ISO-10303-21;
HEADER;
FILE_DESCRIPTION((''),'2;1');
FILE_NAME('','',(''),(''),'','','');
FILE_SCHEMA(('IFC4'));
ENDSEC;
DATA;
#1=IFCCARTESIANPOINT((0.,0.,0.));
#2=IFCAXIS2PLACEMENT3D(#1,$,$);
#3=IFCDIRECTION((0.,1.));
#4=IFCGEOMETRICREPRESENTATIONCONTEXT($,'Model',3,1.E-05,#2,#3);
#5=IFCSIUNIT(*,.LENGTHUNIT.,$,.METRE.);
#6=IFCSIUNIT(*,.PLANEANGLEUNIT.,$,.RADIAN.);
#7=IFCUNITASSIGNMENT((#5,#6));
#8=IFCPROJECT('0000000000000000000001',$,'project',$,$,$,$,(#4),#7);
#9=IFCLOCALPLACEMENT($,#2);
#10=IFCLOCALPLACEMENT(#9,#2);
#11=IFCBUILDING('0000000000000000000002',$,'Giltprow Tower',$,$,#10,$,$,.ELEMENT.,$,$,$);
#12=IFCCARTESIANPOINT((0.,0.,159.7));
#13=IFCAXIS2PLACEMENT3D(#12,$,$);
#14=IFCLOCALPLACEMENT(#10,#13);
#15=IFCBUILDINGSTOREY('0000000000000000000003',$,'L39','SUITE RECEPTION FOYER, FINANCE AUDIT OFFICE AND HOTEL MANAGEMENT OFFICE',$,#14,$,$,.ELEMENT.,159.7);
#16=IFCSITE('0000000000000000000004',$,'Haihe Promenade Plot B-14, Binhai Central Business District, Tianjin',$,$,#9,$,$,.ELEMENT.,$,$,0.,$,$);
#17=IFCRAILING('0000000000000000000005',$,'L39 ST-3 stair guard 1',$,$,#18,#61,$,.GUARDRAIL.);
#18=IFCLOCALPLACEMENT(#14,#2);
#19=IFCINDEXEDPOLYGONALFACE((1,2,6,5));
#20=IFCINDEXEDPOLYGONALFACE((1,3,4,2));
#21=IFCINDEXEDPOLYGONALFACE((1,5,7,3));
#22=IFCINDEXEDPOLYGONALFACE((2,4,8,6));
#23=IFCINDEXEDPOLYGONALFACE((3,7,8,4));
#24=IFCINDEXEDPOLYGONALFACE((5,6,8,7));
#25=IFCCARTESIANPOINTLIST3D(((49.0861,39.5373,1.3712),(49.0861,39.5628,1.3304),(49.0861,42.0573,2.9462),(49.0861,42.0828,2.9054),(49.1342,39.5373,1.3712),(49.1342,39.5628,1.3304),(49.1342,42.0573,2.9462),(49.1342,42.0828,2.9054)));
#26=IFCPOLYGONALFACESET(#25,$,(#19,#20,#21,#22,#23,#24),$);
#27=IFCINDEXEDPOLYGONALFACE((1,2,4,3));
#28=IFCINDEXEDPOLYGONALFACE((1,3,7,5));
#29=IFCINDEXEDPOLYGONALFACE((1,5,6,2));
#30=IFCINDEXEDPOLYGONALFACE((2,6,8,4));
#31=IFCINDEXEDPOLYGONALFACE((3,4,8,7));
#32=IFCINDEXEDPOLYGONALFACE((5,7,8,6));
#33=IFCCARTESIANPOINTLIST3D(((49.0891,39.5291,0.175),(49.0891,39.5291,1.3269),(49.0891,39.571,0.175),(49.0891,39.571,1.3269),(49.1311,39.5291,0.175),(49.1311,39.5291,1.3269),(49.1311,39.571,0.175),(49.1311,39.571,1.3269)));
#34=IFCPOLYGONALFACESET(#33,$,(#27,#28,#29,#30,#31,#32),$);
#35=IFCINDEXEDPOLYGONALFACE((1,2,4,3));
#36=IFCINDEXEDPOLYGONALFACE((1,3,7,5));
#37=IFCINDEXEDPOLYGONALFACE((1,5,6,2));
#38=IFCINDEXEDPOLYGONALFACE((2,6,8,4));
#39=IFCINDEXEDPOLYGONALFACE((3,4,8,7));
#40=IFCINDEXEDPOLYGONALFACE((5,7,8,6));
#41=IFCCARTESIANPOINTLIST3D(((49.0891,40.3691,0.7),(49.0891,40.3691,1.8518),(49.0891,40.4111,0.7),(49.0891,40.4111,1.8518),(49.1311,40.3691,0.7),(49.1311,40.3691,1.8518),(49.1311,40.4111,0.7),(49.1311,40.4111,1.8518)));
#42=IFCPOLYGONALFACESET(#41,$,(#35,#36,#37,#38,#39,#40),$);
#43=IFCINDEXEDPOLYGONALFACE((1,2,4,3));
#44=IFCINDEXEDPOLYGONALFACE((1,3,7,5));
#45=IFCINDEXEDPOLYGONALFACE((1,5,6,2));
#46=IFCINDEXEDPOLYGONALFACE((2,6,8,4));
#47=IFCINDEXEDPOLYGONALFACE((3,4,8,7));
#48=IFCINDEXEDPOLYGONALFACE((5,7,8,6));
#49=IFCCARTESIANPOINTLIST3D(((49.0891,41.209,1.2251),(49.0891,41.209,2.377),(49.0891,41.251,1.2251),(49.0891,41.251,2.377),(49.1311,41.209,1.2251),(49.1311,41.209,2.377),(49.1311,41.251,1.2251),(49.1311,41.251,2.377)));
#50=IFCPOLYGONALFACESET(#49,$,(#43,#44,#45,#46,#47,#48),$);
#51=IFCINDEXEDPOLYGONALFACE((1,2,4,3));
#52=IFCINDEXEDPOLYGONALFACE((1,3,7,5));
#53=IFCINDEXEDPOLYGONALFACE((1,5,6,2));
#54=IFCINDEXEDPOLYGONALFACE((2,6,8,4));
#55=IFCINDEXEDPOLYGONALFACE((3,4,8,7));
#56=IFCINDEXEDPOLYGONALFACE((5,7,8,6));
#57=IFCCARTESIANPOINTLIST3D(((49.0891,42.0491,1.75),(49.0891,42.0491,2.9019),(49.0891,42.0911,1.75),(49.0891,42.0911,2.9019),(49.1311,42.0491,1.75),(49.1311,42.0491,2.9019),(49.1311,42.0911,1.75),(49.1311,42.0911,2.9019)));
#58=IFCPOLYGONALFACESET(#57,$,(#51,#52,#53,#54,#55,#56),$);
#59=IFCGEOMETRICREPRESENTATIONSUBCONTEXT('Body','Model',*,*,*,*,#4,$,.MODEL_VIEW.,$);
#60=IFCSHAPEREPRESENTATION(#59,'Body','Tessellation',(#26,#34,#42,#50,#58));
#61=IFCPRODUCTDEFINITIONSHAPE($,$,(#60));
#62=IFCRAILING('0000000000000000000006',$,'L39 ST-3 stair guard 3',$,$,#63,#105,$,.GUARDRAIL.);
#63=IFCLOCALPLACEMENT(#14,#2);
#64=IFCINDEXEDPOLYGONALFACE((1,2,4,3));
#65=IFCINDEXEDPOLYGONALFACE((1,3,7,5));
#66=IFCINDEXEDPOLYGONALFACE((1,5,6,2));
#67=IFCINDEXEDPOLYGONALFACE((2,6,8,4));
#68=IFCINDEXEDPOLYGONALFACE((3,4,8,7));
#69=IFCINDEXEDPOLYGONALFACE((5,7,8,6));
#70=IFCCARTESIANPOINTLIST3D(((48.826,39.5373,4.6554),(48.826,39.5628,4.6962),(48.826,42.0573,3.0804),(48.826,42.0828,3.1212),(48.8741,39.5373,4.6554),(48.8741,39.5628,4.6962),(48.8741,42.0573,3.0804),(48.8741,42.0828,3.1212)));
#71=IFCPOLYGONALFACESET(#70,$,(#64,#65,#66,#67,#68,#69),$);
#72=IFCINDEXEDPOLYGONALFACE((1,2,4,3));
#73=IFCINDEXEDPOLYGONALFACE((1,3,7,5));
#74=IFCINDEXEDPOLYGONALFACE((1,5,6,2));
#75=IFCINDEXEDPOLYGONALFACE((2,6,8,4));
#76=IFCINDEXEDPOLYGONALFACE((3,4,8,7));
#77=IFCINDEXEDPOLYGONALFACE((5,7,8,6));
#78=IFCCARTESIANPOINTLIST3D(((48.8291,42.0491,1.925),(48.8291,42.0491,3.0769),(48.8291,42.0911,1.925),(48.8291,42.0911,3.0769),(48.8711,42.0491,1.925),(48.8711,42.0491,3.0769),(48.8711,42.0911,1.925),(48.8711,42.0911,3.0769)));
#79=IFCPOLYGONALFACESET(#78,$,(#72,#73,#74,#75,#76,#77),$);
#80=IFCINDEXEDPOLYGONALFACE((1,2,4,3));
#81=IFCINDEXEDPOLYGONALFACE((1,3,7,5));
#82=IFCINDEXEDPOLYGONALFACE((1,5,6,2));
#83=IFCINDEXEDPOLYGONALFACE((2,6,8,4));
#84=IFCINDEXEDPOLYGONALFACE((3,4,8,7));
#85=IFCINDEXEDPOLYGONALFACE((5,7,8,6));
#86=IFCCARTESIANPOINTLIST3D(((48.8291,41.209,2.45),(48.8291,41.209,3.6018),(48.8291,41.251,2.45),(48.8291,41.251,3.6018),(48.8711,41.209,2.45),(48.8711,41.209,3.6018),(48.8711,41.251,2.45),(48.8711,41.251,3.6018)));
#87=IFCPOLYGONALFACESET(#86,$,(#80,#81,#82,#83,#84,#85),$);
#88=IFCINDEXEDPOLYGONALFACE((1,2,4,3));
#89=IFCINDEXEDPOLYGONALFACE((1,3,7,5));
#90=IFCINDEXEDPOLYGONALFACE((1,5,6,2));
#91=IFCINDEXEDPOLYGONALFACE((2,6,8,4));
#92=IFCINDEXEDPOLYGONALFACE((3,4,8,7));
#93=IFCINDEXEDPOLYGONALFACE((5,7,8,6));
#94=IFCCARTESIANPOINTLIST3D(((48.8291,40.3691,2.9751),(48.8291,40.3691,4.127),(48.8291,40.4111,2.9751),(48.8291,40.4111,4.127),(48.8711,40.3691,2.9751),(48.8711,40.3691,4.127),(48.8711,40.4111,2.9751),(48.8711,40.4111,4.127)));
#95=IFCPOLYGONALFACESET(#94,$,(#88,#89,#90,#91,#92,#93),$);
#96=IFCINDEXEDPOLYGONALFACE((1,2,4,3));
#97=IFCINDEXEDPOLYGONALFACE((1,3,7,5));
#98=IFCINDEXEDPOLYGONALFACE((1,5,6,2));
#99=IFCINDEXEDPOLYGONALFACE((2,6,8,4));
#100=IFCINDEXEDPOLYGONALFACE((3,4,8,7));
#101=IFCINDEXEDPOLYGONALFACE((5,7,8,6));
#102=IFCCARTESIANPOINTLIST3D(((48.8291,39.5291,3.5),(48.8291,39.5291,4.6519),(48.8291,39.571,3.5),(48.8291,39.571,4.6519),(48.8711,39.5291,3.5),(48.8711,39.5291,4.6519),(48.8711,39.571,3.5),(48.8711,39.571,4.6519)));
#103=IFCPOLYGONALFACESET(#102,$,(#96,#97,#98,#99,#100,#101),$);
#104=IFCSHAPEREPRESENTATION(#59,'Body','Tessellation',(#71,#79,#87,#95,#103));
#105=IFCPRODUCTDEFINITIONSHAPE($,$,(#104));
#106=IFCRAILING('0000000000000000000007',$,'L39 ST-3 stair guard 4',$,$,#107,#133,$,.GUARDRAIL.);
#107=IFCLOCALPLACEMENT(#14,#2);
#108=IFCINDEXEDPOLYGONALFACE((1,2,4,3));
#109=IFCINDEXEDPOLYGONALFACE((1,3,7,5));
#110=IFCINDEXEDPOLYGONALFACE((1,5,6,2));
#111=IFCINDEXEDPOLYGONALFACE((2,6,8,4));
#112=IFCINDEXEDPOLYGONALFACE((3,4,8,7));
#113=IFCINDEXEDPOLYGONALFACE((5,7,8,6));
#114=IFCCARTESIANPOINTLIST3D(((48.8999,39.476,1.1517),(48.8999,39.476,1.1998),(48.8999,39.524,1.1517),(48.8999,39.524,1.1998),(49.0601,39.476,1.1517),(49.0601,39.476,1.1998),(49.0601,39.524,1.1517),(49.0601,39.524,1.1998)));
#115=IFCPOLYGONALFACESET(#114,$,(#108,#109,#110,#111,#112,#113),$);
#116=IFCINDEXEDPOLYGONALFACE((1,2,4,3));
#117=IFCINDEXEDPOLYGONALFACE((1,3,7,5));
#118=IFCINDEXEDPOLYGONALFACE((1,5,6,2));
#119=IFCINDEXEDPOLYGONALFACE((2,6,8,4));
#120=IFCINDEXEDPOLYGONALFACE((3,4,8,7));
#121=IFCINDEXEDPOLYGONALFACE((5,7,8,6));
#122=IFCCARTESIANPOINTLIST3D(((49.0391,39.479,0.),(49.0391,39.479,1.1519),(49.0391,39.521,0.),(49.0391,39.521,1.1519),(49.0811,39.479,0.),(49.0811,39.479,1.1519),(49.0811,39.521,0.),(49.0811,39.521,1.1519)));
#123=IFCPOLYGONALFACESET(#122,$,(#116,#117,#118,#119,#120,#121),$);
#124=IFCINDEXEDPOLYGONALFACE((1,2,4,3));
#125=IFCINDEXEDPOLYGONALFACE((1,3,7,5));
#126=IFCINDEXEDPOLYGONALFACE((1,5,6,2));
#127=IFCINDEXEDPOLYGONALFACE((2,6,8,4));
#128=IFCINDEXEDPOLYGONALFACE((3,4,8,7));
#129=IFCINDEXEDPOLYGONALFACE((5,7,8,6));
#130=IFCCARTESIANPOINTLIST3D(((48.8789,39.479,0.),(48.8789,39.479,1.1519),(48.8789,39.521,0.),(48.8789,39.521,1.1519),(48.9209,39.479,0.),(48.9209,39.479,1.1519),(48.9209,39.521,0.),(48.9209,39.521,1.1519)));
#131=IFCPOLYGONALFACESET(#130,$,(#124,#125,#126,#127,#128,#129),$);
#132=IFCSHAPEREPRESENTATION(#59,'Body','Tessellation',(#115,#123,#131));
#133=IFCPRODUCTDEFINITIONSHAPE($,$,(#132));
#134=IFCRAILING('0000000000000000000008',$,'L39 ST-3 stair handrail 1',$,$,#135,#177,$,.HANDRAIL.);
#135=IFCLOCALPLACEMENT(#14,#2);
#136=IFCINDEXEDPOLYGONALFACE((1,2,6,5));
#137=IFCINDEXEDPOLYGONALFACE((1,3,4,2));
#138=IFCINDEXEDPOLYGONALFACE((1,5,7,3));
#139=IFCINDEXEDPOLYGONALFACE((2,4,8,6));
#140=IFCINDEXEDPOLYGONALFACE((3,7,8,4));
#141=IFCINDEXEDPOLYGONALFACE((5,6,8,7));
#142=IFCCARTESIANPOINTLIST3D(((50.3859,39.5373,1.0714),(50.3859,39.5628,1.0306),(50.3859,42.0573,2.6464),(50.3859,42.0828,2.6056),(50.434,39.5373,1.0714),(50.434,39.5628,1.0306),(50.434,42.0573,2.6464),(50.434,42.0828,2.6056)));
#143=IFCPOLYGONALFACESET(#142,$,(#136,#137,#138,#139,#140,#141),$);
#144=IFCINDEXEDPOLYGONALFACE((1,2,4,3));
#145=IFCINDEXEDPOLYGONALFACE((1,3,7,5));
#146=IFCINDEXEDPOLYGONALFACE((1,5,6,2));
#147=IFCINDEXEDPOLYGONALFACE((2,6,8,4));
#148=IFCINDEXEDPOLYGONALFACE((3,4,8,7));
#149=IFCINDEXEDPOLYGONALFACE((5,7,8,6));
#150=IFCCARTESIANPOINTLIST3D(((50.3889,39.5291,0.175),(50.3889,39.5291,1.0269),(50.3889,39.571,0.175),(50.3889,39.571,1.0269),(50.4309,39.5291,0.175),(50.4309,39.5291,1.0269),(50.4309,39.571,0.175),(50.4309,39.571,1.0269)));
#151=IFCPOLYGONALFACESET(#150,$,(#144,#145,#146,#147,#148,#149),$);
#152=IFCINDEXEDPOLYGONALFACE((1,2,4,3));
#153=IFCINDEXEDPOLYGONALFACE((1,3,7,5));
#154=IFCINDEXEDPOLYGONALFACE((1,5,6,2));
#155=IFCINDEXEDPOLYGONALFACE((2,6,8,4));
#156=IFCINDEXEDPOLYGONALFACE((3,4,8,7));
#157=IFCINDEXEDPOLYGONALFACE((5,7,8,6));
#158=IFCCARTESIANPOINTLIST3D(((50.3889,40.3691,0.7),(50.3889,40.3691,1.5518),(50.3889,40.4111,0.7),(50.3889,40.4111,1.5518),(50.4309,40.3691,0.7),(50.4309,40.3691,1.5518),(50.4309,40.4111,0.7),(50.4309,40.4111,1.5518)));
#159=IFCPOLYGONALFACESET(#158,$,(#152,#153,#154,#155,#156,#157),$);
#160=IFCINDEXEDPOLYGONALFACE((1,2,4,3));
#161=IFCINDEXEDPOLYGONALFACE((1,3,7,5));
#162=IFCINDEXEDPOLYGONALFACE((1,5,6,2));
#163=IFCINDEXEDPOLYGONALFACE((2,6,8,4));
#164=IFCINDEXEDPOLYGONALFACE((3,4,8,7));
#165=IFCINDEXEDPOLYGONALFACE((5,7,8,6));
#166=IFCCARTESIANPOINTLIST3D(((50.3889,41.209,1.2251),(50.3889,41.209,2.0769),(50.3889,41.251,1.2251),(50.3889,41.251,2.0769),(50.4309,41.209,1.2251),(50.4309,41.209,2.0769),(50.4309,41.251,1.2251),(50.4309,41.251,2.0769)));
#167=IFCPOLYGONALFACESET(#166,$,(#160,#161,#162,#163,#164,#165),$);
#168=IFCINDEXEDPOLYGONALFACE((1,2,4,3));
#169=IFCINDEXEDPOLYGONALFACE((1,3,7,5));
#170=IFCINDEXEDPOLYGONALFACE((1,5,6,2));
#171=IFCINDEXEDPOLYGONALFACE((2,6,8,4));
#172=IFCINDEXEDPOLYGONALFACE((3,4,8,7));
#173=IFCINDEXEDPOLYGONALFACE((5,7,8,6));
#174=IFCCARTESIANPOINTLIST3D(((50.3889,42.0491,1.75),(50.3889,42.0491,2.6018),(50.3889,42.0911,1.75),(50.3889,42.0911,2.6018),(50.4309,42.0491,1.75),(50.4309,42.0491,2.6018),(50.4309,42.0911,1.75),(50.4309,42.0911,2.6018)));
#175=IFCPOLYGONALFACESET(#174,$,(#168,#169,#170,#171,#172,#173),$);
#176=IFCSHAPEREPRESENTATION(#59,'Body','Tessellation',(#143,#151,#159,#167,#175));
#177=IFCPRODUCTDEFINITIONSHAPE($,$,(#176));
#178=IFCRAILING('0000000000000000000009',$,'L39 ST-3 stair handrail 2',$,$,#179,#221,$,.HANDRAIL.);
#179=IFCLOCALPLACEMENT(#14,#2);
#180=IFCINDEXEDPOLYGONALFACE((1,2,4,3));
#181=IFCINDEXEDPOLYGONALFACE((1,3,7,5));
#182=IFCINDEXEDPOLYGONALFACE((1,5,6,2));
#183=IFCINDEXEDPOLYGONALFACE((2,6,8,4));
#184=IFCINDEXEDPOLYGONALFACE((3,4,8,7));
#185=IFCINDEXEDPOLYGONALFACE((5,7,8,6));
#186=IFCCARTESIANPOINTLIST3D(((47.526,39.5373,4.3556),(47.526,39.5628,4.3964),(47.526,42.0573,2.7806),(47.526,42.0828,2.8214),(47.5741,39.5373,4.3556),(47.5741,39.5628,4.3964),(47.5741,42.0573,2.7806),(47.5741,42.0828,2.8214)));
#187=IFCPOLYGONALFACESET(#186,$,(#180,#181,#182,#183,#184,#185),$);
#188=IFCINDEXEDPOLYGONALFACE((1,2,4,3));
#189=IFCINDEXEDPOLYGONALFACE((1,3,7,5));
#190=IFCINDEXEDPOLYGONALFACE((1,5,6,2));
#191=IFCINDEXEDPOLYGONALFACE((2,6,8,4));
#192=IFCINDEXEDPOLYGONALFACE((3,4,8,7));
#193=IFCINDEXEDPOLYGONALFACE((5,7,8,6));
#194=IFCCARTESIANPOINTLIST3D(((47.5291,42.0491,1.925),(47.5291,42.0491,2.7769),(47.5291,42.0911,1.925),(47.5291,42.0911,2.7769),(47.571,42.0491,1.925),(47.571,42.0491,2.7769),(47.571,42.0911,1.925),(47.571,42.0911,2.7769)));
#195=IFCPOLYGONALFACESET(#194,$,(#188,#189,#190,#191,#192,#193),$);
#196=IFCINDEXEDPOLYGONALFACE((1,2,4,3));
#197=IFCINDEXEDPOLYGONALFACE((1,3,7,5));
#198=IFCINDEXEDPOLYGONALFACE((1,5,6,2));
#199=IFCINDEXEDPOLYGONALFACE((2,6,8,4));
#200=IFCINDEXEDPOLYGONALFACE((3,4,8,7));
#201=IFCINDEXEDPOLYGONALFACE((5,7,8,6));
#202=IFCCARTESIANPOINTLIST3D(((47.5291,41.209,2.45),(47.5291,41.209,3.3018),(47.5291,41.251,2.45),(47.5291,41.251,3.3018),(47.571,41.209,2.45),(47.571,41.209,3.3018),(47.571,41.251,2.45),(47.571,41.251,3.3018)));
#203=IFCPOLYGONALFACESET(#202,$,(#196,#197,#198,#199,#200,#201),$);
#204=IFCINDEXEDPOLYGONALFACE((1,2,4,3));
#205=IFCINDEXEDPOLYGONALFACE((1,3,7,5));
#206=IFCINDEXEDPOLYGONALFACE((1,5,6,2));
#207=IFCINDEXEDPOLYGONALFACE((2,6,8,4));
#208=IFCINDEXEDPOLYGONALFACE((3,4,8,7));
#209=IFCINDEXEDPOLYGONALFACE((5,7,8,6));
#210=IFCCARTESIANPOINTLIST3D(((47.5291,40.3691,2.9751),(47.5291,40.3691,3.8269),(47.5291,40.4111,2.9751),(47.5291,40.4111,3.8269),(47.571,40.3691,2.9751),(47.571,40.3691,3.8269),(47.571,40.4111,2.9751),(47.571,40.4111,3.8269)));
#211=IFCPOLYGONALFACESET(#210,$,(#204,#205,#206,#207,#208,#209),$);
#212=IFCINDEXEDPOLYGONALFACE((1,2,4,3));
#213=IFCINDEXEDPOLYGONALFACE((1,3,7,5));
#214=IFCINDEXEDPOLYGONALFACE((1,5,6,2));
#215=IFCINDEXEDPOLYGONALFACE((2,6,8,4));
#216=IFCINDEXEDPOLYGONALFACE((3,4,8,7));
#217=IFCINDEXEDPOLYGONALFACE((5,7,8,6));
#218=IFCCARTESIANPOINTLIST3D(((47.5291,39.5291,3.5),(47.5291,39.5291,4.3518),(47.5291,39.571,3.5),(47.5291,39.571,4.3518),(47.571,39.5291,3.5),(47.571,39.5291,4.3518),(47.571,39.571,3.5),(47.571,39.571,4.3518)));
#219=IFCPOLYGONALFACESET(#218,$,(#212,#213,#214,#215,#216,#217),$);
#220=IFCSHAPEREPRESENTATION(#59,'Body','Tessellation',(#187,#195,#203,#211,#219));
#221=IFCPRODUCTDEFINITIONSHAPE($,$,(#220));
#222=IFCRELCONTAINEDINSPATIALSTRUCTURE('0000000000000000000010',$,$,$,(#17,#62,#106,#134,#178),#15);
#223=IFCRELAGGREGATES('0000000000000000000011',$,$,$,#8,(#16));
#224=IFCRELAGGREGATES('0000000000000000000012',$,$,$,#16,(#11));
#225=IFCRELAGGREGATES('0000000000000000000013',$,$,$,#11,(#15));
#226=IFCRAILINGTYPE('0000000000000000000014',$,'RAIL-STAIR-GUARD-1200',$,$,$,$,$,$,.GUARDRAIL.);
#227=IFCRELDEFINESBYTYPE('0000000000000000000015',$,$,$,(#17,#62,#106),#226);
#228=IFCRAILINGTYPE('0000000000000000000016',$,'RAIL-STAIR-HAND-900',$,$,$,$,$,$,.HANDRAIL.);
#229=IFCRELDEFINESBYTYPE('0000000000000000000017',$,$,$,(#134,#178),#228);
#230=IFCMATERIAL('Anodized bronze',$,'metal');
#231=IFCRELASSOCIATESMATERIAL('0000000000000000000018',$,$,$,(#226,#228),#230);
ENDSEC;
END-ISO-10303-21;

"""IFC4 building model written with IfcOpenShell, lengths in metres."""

from ifc_helpers import new_model, si_unit, direction, frame, origin, origin_2d, place, context, subcontext, project, spatial, rectangle, extrude, material, type_object, element, save


model = new_model("IFC4")

# Units and contexts
model_context = context("Model", 3, precision=1e-05, world=origin(), true_north=direction((0.0, 1.0)))
body_context = subcontext(model_context, "Body", "Model", "MODEL_VIEW")
ifc_project = project(units=[si_unit("LENGTHUNIT", "METRE"), si_unit("PLANEANGLEUNIT", "RADIAN")], contexts=[model_context])

# Site, building, storey
site_placement = place(None, origin())
site = spatial("IfcSite", under=ifc_project, at=site_placement, Name="Haihe Promenade Plot B-14, Binhai Central Business District, Tianjin", CompositionType="ELEMENT", RefElevation=0.0)
building_placement = place(site_placement, origin())
building = spatial("IfcBuilding", under=site, at=building_placement, Name="Giltprow Tower", CompositionType="ELEMENT")
storey_placement = place(building_placement, frame((0.0, 0.0, 159.7)))
storey = spatial("IfcBuildingStorey", under=building, at=storey_placement, Name="L39", Description="SUITE RECEPTION FOYER, FINANCE AUDIT OFFICE AND HOTEL MANAGEMENT OFFICE", CompositionType="ELEMENT", Elevation=159.7)

# Railings
ifc_material_1 = material(Name="Anodized bronze", Category="metal")
railing_type_1 = type_object("IfcRailingType", Name="RAIL-STAIR-GUARD-1200", PredefinedType="GUARDRAIL", material=ifc_material_1)
railing_1_placement = place(storey_placement, frame((49.1101, 39.55, 0.175)))
element("IfcRailing", 1, at=railing_1_placement, inside=storey, type_object=railing_type_1, Name="L39 ST-3 stair guard 1", PredefinedType="GUARDRAIL", context=body_context, shape_type="SweptSolid", body=[
    extrude(rectangle(XDim=0.0481, YDim=0.0481, at=origin_2d()), frame((0.0, 0.0, 1.1758), z_axis=(0.0, 0.848008, 0.529984), x_axis=(-1.0, 0.0, 0.0)), (0.0, 0.0, 1.0), 2.9717),
    extrude(rectangle(XDim=0.042, YDim=0.042, at=origin_2d()), origin(), (0.0, 0.0, 1.0), 1.1519),
    extrude(rectangle(XDim=0.042, YDim=0.042, at=origin_2d()), frame((0.0, 0.8401, 0.5249)), (0.0, 0.0, 1.0), 1.1519),
    extrude(rectangle(XDim=0.042, YDim=0.042, at=origin_2d()), frame((0.0, 1.6799, 1.05)), (0.0, 0.0, 1.0), 1.1519),
    extrude(rectangle(XDim=0.042, YDim=0.042, at=origin_2d()), frame((0.0, 2.52, 1.575)), (0.0, 0.0, 1.0), 1.1519),
])
railing_2_placement = place(storey_placement, frame((48.8501, 42.0701, 1.925)))
element("IfcRailing", 2, at=railing_2_placement, inside=storey, type_object=railing_type_1, Name="L39 ST-3 stair guard 3", PredefinedType="GUARDRAIL", context=body_context, shape_type="SweptSolid", body=[
    extrude(rectangle(XDim=0.0481, YDim=0.0481, at=origin_2d()), frame((0.0, 0.0, 1.1758), z_axis=(0.0, -0.848008, 0.529984), x_axis=(1.0, 0.0, 0.0)), (0.0, 0.0, 1.0), 2.9717),
    extrude(rectangle(XDim=0.042, YDim=0.042, at=origin_2d()), origin(), (0.0, 0.0, 1.0), 1.1519),
    extrude(rectangle(XDim=0.042, YDim=0.042, at=origin_2d()), frame((0.0, -0.8401, 0.5249)), (0.0, 0.0, 1.0), 1.1519),
    extrude(rectangle(XDim=0.042, YDim=0.042, at=origin_2d()), frame((0.0, -1.6799, 1.05)), (0.0, 0.0, 1.0), 1.1519),
    extrude(rectangle(XDim=0.042, YDim=0.042, at=origin_2d()), frame((0.0, -2.52, 1.575)), (0.0, 0.0, 1.0), 1.1519),
])
railing_3_placement = place(storey_placement, frame((49.0601, 39.5, 0.0)))
element("IfcRailing", 3, at=railing_3_placement, inside=storey, type_object=railing_type_1, Name="L39 ST-3 stair guard 4", PredefinedType="GUARDRAIL", context=body_context, shape_type="SweptSolid", body=[
    extrude(rectangle(XDim=0.0481, YDim=0.0481, at=origin_2d()), frame((0.0, 0.0, 1.1758), z_axis=(-1.0, 0.0, 0.0), x_axis=(0.0, -1.0, 0.0)), (0.0, 0.0, 1.0), 0.1602),
    extrude(rectangle(XDim=0.042, YDim=0.042, at=origin_2d()), origin(), (0.0, 0.0, 1.0), 1.1519),
    extrude(rectangle(XDim=0.042, YDim=0.042, at=origin_2d()), frame((-0.1602, 0.0, 0.0)), (0.0, 0.0, 1.0), 1.1519),
])
railing_type_2 = type_object("IfcRailingType", Name="RAIL-STAIR-HAND-900", PredefinedType="HANDRAIL", material=ifc_material_1)
railing_4_placement = place(storey_placement, frame((50.4099, 39.55, 0.175)))
element("IfcRailing", 4, at=railing_4_placement, inside=storey, type_object=railing_type_2, Name="L39 ST-3 stair handrail 1", PredefinedType="HANDRAIL", context=body_context, shape_type="SweptSolid", body=[
    extrude(rectangle(XDim=0.0481, YDim=0.0481, at=origin_2d()), frame((0.0, 0.0, 0.876), z_axis=(0.0, 0.848008, 0.529984), x_axis=(-1.0, 0.0, 0.0)), (0.0, 0.0, 1.0), 2.9717),
    extrude(rectangle(XDim=0.042, YDim=0.042, at=origin_2d()), origin(), (0.0, 0.0, 1.0), 0.8518),
    extrude(rectangle(XDim=0.042, YDim=0.042, at=origin_2d()), frame((0.0, 0.8401, 0.5249)), (0.0, 0.0, 1.0), 0.8518),
    extrude(rectangle(XDim=0.042, YDim=0.042, at=origin_2d()), frame((0.0, 1.6799, 1.05)), (0.0, 0.0, 1.0), 0.8518),
    extrude(rectangle(XDim=0.042, YDim=0.042, at=origin_2d()), frame((0.0, 2.52, 1.575)), (0.0, 0.0, 1.0), 0.8518),
])
railing_5_placement = place(storey_placement, frame((47.55, 42.0701, 1.925)))
element("IfcRailing", 5, at=railing_5_placement, inside=storey, type_object=railing_type_2, Name="L39 ST-3 stair handrail 2", PredefinedType="HANDRAIL", context=body_context, shape_type="SweptSolid", body=[
    extrude(rectangle(XDim=0.0481, YDim=0.0481, at=origin_2d()), frame((0.0, 0.0, 0.876), z_axis=(0.0, -0.848008, 0.529984), x_axis=(1.0, 0.0, 0.0)), (0.0, 0.0, 1.0), 2.9717),
    extrude(rectangle(XDim=0.042, YDim=0.042, at=origin_2d()), origin(), (0.0, 0.0, 1.0), 0.8518),
    extrude(rectangle(XDim=0.042, YDim=0.042, at=origin_2d()), frame((0.0, -0.8401, 0.5249)), (0.0, 0.0, 1.0), 0.8518),
    extrude(rectangle(XDim=0.042, YDim=0.042, at=origin_2d()), frame((0.0, -1.6799, 1.05)), (0.0, 0.0, 1.0), 0.8518),
    extrude(rectangle(XDim=0.042, YDim=0.042, at=origin_2d()), frame((0.0, -2.52, 1.575)), (0.0, 0.0, 1.0), 0.8518),
])

save(model, "model.ifc")
